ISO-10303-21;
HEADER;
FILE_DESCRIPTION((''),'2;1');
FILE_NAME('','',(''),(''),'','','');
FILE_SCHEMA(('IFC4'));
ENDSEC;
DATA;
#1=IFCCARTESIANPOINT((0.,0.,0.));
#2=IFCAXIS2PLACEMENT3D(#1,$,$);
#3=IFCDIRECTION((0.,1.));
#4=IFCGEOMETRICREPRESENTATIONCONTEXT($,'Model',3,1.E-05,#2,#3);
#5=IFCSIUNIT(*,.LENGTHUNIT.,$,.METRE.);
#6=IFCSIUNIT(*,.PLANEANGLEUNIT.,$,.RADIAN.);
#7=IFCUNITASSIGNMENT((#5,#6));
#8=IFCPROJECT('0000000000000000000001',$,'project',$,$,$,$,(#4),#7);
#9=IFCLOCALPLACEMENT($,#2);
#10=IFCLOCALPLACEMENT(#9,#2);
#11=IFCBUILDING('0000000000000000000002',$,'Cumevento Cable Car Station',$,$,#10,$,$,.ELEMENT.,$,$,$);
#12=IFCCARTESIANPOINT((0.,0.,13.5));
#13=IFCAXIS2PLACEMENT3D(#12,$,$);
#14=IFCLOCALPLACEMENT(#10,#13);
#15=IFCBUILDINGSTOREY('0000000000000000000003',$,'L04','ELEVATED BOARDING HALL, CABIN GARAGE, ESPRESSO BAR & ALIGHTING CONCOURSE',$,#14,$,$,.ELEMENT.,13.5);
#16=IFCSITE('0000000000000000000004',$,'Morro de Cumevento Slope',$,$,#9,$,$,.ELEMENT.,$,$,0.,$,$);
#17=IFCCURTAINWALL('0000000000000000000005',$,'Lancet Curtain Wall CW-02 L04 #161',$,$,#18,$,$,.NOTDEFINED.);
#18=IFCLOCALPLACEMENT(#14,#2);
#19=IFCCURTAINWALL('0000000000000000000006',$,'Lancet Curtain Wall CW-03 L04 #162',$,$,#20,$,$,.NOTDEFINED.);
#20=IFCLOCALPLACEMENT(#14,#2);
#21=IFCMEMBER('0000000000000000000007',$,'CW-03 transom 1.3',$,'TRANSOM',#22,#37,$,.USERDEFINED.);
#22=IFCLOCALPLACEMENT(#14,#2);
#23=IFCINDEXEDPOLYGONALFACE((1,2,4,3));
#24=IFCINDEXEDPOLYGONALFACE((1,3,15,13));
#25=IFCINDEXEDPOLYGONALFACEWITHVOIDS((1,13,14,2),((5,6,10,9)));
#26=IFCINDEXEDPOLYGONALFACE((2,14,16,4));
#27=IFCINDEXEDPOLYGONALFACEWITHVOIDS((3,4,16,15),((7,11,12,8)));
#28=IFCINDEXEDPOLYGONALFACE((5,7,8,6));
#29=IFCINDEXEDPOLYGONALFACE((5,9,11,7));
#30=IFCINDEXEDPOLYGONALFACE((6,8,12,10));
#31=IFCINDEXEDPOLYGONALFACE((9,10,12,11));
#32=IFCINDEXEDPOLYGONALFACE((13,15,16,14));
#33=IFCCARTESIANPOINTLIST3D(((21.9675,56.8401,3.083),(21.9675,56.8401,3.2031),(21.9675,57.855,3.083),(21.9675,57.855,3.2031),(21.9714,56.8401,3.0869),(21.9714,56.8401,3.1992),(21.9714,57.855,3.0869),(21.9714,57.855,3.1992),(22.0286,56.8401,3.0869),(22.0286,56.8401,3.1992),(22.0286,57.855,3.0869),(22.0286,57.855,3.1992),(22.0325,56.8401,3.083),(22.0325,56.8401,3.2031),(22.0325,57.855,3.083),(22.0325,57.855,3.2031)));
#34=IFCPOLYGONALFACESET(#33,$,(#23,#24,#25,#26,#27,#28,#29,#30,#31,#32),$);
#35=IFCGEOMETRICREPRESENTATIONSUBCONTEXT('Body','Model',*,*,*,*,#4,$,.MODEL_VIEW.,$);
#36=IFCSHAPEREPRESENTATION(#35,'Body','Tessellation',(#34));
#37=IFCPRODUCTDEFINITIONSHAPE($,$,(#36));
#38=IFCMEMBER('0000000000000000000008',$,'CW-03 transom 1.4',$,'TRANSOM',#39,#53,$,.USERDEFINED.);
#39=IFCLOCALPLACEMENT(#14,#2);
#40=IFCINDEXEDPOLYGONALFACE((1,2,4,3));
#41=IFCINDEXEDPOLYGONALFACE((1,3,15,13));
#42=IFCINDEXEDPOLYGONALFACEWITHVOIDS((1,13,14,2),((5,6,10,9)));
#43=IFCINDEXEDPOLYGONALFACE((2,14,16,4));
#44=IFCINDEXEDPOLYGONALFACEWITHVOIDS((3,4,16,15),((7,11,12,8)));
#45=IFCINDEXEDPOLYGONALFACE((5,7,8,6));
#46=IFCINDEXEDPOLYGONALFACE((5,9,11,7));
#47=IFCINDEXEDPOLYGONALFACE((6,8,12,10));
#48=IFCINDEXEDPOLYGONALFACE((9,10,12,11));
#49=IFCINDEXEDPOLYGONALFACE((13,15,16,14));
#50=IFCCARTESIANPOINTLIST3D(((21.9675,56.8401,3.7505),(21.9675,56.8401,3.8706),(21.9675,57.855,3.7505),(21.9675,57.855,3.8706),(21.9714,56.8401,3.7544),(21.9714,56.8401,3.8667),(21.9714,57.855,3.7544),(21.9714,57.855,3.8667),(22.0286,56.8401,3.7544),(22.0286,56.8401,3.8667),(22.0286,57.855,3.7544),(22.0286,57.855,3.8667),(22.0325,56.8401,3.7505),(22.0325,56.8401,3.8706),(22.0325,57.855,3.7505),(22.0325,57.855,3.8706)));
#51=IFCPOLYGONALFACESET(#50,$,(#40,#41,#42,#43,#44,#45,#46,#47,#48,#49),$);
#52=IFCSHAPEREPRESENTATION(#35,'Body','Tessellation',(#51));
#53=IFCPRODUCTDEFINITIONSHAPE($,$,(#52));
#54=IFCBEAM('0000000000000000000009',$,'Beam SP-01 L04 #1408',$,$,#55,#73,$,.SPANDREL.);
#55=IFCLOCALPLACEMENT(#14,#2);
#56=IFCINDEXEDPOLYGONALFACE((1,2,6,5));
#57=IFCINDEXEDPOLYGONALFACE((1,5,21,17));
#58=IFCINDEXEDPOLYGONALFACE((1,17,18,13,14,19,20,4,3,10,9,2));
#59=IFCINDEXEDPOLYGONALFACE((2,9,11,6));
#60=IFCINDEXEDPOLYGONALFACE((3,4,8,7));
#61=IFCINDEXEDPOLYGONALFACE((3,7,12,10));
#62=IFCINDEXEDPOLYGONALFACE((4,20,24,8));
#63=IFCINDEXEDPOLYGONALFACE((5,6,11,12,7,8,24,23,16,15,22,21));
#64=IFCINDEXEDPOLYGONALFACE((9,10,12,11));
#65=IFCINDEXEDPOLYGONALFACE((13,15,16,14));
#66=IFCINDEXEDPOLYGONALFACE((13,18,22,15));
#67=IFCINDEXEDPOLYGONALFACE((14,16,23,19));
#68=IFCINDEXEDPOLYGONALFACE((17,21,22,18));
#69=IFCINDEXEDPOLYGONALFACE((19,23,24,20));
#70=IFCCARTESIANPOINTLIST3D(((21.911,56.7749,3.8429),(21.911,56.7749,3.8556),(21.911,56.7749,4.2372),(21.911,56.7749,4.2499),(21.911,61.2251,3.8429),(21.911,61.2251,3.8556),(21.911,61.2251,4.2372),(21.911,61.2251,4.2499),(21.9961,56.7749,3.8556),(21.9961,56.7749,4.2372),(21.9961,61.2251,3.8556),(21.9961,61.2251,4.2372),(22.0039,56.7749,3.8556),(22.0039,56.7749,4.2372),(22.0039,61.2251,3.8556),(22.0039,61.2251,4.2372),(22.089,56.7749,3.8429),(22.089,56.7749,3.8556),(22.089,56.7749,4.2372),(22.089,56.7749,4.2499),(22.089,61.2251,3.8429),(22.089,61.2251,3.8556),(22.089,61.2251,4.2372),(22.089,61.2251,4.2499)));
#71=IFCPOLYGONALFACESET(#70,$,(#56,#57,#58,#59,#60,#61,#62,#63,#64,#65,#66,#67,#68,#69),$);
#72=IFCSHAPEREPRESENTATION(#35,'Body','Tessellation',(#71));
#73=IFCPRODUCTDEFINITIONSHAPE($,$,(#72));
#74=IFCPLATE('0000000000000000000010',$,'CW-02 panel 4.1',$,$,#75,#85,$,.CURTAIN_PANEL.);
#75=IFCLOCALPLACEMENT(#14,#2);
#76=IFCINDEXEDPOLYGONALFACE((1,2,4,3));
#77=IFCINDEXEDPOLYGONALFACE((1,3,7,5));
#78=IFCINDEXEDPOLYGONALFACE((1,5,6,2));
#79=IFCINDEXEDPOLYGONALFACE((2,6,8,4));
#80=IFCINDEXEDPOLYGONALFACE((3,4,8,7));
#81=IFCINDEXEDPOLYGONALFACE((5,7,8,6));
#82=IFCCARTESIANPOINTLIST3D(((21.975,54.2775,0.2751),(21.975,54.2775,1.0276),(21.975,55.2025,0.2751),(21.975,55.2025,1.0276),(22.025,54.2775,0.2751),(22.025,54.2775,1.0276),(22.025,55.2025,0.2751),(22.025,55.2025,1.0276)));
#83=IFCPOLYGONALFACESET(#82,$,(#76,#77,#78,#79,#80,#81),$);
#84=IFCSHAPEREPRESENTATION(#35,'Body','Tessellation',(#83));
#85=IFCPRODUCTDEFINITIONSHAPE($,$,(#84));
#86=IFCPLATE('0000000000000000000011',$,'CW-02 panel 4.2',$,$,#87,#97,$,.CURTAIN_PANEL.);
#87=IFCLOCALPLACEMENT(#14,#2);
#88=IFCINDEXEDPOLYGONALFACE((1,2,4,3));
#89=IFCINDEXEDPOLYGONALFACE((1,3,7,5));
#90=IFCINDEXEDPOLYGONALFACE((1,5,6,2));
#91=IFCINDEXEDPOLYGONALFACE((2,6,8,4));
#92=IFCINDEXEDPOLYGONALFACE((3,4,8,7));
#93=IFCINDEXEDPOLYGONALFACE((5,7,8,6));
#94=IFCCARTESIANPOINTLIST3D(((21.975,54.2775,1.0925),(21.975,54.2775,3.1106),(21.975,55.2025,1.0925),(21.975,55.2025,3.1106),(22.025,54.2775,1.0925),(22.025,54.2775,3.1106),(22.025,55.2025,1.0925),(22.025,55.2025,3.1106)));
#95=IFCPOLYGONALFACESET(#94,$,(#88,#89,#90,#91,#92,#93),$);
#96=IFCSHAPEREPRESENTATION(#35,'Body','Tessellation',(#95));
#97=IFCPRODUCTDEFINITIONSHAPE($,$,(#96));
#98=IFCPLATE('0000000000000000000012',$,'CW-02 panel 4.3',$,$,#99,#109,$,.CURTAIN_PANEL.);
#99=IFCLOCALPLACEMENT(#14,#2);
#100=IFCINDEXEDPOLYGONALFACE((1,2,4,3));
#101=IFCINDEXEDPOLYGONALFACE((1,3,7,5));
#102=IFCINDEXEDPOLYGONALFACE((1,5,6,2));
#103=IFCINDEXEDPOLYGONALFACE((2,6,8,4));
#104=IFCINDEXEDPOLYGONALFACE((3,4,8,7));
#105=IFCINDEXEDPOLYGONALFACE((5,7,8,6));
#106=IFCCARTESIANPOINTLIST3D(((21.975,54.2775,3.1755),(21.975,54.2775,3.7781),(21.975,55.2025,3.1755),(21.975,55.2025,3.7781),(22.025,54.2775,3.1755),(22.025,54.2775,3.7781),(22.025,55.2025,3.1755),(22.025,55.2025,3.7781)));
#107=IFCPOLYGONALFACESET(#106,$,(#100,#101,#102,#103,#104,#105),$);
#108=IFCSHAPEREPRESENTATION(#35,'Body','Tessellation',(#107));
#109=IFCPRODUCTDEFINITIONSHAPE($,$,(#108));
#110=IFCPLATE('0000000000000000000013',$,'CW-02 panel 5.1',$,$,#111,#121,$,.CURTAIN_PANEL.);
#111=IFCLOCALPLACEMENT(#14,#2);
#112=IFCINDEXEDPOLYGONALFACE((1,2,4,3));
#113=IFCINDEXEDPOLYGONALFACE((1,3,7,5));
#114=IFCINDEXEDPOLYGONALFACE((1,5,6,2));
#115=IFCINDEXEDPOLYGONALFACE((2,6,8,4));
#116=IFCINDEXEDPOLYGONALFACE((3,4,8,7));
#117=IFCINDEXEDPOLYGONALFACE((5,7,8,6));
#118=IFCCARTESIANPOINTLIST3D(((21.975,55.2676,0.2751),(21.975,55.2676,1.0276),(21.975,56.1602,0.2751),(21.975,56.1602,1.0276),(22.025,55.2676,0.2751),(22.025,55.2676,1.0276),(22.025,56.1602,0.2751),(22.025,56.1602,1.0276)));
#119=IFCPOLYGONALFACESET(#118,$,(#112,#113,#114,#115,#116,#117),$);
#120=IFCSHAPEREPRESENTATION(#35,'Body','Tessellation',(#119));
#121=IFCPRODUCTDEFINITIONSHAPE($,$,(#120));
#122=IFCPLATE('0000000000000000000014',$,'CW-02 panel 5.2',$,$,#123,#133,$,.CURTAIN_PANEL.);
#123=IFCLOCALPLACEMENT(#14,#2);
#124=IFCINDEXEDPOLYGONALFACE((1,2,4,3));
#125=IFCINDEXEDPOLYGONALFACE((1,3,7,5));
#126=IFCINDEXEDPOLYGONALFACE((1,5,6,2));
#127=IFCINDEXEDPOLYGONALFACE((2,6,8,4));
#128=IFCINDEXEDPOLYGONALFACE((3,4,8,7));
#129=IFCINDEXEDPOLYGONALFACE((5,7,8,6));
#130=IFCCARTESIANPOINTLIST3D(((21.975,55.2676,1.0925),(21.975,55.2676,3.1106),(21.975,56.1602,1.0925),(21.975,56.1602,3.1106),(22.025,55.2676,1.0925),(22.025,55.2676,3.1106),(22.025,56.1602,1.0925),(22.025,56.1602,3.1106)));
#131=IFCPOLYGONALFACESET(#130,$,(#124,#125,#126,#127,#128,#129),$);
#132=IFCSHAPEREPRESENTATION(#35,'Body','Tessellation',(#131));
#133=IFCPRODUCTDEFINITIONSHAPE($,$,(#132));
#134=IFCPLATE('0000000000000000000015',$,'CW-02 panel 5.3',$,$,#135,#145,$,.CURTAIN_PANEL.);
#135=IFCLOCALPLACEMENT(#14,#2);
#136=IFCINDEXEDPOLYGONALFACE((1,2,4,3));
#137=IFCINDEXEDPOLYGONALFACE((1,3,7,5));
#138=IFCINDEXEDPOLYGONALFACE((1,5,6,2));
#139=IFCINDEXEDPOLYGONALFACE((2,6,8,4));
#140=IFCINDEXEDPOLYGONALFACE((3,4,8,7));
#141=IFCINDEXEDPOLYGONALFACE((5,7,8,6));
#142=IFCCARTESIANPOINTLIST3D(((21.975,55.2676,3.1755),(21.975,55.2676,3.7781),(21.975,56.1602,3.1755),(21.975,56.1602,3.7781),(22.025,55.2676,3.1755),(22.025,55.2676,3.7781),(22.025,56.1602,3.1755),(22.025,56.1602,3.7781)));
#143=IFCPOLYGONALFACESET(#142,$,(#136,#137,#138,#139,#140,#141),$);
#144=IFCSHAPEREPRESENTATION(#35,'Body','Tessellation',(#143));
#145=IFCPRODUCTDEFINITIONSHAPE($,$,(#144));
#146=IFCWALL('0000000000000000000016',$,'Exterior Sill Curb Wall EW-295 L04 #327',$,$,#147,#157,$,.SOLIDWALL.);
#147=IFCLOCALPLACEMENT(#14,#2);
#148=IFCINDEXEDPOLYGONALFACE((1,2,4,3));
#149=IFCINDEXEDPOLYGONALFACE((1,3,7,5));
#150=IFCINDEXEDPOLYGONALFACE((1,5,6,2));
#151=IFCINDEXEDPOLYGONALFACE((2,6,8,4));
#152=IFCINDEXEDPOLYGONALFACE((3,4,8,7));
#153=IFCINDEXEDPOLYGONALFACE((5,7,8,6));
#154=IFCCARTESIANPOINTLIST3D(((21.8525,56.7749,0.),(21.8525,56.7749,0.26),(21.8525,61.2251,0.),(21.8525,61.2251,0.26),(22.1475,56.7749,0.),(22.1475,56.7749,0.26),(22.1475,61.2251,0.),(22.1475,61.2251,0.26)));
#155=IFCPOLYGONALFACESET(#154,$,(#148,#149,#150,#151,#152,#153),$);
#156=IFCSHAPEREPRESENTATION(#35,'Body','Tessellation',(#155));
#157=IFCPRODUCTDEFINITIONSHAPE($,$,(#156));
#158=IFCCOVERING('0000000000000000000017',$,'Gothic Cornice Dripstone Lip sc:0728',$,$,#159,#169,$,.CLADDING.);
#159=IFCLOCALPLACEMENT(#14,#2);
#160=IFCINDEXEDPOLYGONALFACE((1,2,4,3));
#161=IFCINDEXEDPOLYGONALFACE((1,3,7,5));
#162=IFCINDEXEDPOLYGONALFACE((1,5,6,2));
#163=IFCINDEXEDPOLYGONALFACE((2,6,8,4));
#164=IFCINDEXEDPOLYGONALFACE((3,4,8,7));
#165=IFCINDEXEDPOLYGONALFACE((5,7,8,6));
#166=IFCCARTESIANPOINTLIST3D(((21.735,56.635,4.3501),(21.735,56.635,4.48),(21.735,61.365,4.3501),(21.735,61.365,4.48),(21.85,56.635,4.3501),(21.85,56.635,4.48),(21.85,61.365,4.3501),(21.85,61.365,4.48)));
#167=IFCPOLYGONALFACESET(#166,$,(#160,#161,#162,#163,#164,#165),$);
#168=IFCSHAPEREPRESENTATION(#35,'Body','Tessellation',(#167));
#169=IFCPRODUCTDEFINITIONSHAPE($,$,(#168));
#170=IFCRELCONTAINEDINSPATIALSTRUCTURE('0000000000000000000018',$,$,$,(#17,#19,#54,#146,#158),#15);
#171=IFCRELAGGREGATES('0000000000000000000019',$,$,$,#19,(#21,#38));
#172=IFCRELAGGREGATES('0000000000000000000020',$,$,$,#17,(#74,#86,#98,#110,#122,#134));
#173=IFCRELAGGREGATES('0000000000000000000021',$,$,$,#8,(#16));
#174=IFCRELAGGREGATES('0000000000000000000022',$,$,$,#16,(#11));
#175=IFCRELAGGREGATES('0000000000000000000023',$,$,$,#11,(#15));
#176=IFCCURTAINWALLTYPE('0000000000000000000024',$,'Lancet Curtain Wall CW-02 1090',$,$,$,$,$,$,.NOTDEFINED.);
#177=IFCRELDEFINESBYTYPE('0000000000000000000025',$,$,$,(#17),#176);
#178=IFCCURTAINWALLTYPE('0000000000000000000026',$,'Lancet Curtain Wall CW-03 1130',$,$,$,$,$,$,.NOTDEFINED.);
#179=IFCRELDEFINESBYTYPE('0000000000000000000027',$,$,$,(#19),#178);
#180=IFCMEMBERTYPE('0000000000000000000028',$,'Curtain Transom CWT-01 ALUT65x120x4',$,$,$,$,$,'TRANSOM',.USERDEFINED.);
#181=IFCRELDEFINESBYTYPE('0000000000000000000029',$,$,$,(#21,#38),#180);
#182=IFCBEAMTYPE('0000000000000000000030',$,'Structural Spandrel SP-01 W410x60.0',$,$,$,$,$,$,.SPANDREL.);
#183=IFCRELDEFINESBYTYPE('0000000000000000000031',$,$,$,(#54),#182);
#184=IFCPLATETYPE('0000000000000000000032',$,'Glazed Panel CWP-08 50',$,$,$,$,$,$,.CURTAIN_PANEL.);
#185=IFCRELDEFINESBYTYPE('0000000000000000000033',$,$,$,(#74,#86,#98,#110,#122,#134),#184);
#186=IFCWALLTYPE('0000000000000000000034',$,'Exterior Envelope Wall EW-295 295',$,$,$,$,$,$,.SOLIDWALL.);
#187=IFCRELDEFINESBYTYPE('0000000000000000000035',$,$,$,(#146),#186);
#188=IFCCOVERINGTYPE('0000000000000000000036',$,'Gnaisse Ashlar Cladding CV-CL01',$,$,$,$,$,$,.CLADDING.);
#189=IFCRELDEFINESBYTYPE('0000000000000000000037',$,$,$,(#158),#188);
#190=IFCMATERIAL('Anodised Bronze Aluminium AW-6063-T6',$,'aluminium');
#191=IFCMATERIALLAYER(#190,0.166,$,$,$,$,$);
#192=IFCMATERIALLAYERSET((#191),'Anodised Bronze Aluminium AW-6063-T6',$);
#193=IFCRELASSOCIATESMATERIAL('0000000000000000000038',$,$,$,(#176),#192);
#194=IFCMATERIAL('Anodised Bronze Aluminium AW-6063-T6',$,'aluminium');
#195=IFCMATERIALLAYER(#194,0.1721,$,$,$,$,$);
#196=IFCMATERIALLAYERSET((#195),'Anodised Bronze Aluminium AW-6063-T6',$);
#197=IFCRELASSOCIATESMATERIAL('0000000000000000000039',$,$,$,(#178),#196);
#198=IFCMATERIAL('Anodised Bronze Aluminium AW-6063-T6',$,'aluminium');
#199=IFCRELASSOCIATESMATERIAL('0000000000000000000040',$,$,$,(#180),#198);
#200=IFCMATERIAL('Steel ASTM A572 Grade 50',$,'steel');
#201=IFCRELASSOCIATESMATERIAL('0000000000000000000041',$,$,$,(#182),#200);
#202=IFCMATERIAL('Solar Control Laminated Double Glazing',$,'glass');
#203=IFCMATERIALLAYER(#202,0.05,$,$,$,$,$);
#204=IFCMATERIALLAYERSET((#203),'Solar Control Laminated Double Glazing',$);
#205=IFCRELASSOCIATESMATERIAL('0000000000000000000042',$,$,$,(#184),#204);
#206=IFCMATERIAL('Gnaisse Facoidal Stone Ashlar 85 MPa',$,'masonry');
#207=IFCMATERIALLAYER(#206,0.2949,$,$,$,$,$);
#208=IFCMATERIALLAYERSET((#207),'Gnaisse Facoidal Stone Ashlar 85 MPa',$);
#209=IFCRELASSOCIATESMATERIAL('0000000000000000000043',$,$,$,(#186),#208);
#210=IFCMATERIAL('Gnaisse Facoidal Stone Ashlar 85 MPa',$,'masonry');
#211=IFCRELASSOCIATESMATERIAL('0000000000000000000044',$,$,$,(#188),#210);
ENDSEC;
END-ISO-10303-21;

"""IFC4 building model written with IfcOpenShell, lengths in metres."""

from ifc_helpers import new_model, si_unit, direction, frame, frame_2d, origin, origin_2d, place, context, subcontext, project, spatial, rectangle, hollow_rectangle, i_section, extrude, material, layer, layer_set, material_profile, profile_set, type_object, element, aggregate, save


model = new_model("IFC4")

# Units and contexts
model_context = context("Model", 3, precision=1e-05, world=origin(), true_north=direction((0.0, 1.0)))
body_context = subcontext(model_context, "Body", "Model", "MODEL_VIEW")
ifc_project = project(units=[si_unit("LENGTHUNIT", "METRE"), si_unit("PLANEANGLEUNIT", "RADIAN")], contexts=[model_context])

# Site, building, storey
site_placement = place(None, origin())
site = spatial("IfcSite", under=ifc_project, at=site_placement, Name="Morro de Cumevento Slope", CompositionType="ELEMENT", RefElevation=0.0)
building_placement = place(site_placement, origin())
building = spatial("IfcBuilding", under=site, at=building_placement, Name="Cumevento Cable Car Station", CompositionType="ELEMENT")
storey_placement = place(building_placement, frame((0.0, 0.0, 13.5)))
storey = spatial("IfcBuildingStorey", under=building, at=storey_placement, Name="L04", Description="ELEVATED BOARDING HALL, CABIN GARAGE, ESPRESSO BAR & ALIGHTING CONCOURSE", CompositionType="ELEMENT", Elevation=13.5)

# Curtain wall
ifc_material_1 = material(Name="Anodised Bronze Aluminium AW-6063-T6", Category="aluminium")
ifc_layer_1 = layer(ifc_material_1, 0.166)
ifc_layer_set_1 = layer_set([ifc_layer_1], Name="Anodised Bronze Aluminium AW-6063-T6")
curtain_wall_type_1 = type_object("IfcCurtainWallType", Name="Lancet Curtain Wall CW-02 1090", PredefinedType="NOTDEFINED", material=ifc_layer_set_1)
curtain_wall_1_placement = place(storey_placement, origin())
curtain_wall_1 = element("IfcCurtainWall", 1, at=curtain_wall_1_placement, inside=storey, type_object=curtain_wall_type_1, Name="Lancet Curtain Wall CW-02 L04 #161", PredefinedType="NOTDEFINED")

# Curtain wall
ifc_material_2 = material(Name="Anodised Bronze Aluminium AW-6063-T6", Category="aluminium")
ifc_layer_2 = layer(ifc_material_2, 0.1721)
ifc_layer_set_2 = layer_set([ifc_layer_2], Name="Anodised Bronze Aluminium AW-6063-T6")
curtain_wall_type_2 = type_object("IfcCurtainWallType", Name="Lancet Curtain Wall CW-03 1130", PredefinedType="NOTDEFINED", material=ifc_layer_set_2)
curtain_wall_2_placement = place(storey_placement, origin())
curtain_wall_2 = element("IfcCurtainWall", 2, at=curtain_wall_2_placement, inside=storey, type_object=curtain_wall_type_2, Name="Lancet Curtain Wall CW-03 L04 #162", PredefinedType="NOTDEFINED")

# Members
ifc_material_3 = material(Name="Anodised Bronze Aluminium AW-6063-T6", Category="aluminium")
ifc_material_profile_1 = material_profile(ifc_material_3, hollow_rectangle(XDim=0.0649, YDim=0.1201, WallThickness=0.0039, at=origin_2d()), Name="ALUT65x120x4")
ifc_profile_set_1 = profile_set([ifc_material_profile_1], Name="Anodised Bronze Aluminium AW-6063-T6")
member_type_1 = type_object("IfcMemberType", Name="Curtain Transom CWT-01 ALUT65x120x4", ElementType="TRANSOM", PredefinedType="USERDEFINED", material=ifc_profile_set_1)
member_1_placement = place(storey_placement, frame((22.0, 56.8401, 3.1431), z_axis=(0.0, 1.0, 0.0), x_axis=(-1.0, 0.0, 0.0)))
member_1 = element("IfcMember", 3, at=member_1_placement, type_object=member_type_1, Name="CW-03 transom 1.3", ObjectType="TRANSOM", PredefinedType="USERDEFINED", context=body_context, shape_type="SweptSolid", body=[
    extrude(hollow_rectangle(XDim=0.0649, YDim=0.1201, WallThickness=0.0039, at=origin_2d()), origin(), (0.0, 0.0, 1.0), 1.0149),
])
member_2_placement = place(storey_placement, frame((22.0, 56.8401, 3.8105), z_axis=(0.0, 1.0, 0.0), x_axis=(-1.0, 0.0, 0.0)))
member_2 = element("IfcMember", 4, at=member_2_placement, type_object=member_type_1, Name="CW-03 transom 1.4", ObjectType="TRANSOM", PredefinedType="USERDEFINED", context=body_context, shape_type="SweptSolid", body=[
    extrude(hollow_rectangle(XDim=0.0649, YDim=0.1201, WallThickness=0.0039, at=origin_2d()), origin(), (0.0, 0.0, 1.0), 1.0149),
])
aggregate(curtain_wall_2, [member_1, member_2])

# Beam
ifc_material_4 = material(Name="Steel ASTM A572 Grade 50", Category="steel")
ifc_material_profile_2 = material_profile(ifc_material_4, i_section(OverallWidth=0.178, OverallDepth=0.407, WebThickness=0.0078, FlangeThickness=0.0127, at=origin_2d()), Name="W410x60.0")
ifc_profile_set_2 = profile_set([ifc_material_profile_2], Name="Steel ASTM A572 Grade 50")
beam_type = type_object("IfcBeamType", Name="Structural Spandrel SP-01 W410x60.0", PredefinedType="SPANDREL", material=ifc_profile_set_2)
beam_placement = place(storey_placement, frame((22.0, 56.7749, 4.0464), z_axis=(0.0, 1.0, 0.0), x_axis=(-1.0, 0.0, 0.0)))
element("IfcBeam", 5, at=beam_placement, inside=storey, type_object=beam_type, Name="Beam SP-01 L04 #1408", PredefinedType="SPANDREL", context=body_context, shape_type="SweptSolid", body=[
    extrude(i_section(OverallWidth=0.178, OverallDepth=0.407, WebThickness=0.0078, FlangeThickness=0.0127, at=origin_2d()), origin(), (0.0, 0.0, 1.0), 4.4502),
])

# Plates
ifc_material_5 = material(Name="Solar Control Laminated Double Glazing", Category="glass")
ifc_layer_3 = layer(ifc_material_5, 0.05)
ifc_layer_set_3 = layer_set([ifc_layer_3], Name="Solar Control Laminated Double Glazing")
plate_type = type_object("IfcPlateType", Name="Glazed Panel CWP-08 50", PredefinedType="CURTAIN_PANEL", material=ifc_layer_set_3)
plate_1_placement = place(storey_placement, frame((22.0, 54.74, 0.2751), z_axis=(0.0, 0.0, 1.0), x_axis=(0.0, 1.0, 0.0)))
plate_1 = element("IfcPlate", 6, at=plate_1_placement, type_object=plate_type, Name="CW-02 panel 4.1", PredefinedType="CURTAIN_PANEL", context=body_context, shape_type="SweptSolid", body=[
    extrude(rectangle(XDim=0.925, YDim=0.05, at=origin_2d()), origin(), (0.0, 0.0, 1.0), 0.7524),
])
plate_2_placement = place(storey_placement, frame((22.0, 54.74, 1.0925), z_axis=(0.0, 0.0, 1.0), x_axis=(0.0, 1.0, 0.0)))
plate_2 = element("IfcPlate", 7, at=plate_2_placement, type_object=plate_type, Name="CW-02 panel 4.2", PredefinedType="CURTAIN_PANEL", context=body_context, shape_type="SweptSolid", body=[
    extrude(rectangle(XDim=0.925, YDim=0.05, at=origin_2d()), origin(), (0.0, 0.0, 1.0), 2.0181),
])
plate_3_placement = place(storey_placement, frame((22.0, 54.74, 3.1755), z_axis=(0.0, 0.0, 1.0), x_axis=(0.0, 1.0, 0.0)))
plate_3 = element("IfcPlate", 8, at=plate_3_placement, type_object=plate_type, Name="CW-02 panel 4.3", PredefinedType="CURTAIN_PANEL", context=body_context, shape_type="SweptSolid", body=[
    extrude(rectangle(XDim=0.925, YDim=0.05, at=origin_2d()), origin(), (0.0, 0.0, 1.0), 0.6025),
])
plate_4_placement = place(storey_placement, frame((22.0, 55.7139, 0.2751), z_axis=(0.0, 0.0, 1.0), x_axis=(0.0, 1.0, 0.0)))
plate_4 = element("IfcPlate", 9, at=plate_4_placement, type_object=plate_type, Name="CW-02 panel 5.1", PredefinedType="CURTAIN_PANEL", context=body_context, shape_type="SweptSolid", body=[
    extrude(rectangle(XDim=0.8926, YDim=0.05, at=origin_2d()), origin(), (0.0, 0.0, 1.0), 0.7524),
])
plate_5_placement = place(storey_placement, frame((22.0, 55.7139, 1.0925), z_axis=(0.0, 0.0, 1.0), x_axis=(0.0, 1.0, 0.0)))
plate_5 = element("IfcPlate", 10, at=plate_5_placement, type_object=plate_type, Name="CW-02 panel 5.2", PredefinedType="CURTAIN_PANEL", context=body_context, shape_type="SweptSolid", body=[
    extrude(rectangle(XDim=0.8926, YDim=0.05, at=origin_2d()), origin(), (0.0, 0.0, 1.0), 2.0181),
])
plate_6_placement = place(storey_placement, frame((22.0, 55.7139, 3.1755), z_axis=(0.0, 0.0, 1.0), x_axis=(0.0, 1.0, 0.0)))
plate_6 = element("IfcPlate", 11, at=plate_6_placement, type_object=plate_type, Name="CW-02 panel 5.3", PredefinedType="CURTAIN_PANEL", context=body_context, shape_type="SweptSolid", body=[
    extrude(rectangle(XDim=0.8926, YDim=0.05, at=origin_2d()), origin(), (0.0, 0.0, 1.0), 0.6025),
])
aggregate(curtain_wall_1, [plate_1, plate_2, plate_3, plate_4, plate_5, plate_6])

# Wall
ifc_material_6 = material(Name="Gnaisse Facoidal Stone Ashlar 85 MPa", Category="masonry")
ifc_layer_4 = layer(ifc_material_6, 0.2949)
ifc_layer_set_4 = layer_set([ifc_layer_4], Name="Gnaisse Facoidal Stone Ashlar 85 MPa")
wall_type = type_object("IfcWallType", Name="Exterior Envelope Wall EW-295 295", PredefinedType="SOLIDWALL", material=ifc_layer_set_4)
wall_placement = place(storey_placement, frame((22.0, 56.7749, 0.0), z_axis=(0.0, 0.0, 1.0), x_axis=(0.0, 1.0, 0.0)))
element("IfcWall", 12, at=wall_placement, inside=storey, type_object=wall_type, Name="Exterior Sill Curb Wall EW-295 L04 #327", PredefinedType="SOLIDWALL", context=body_context, shape_type="SweptSolid", body=[
    extrude(rectangle(XDim=4.4502, YDim=0.2949, at=frame_2d((2.2251, 0.0))), origin(), (0.0, 0.0, 1.0), 0.26),
])

# Covering
ifc_material_7 = material(Name="Gnaisse Facoidal Stone Ashlar 85 MPa", Category="masonry")
covering_type = type_object("IfcCoveringType", Name="Gnaisse Ashlar Cladding CV-CL01", PredefinedType="CLADDING", material=ifc_material_7)
covering_1_placement = place(storey_placement, frame((21.7925, 59.0, 4.3501), z_axis=(0.0, 0.0, 1.0), x_axis=(0.0, 1.0, 0.0)))
element("IfcCovering", 13, at=covering_1_placement, inside=storey, type_object=covering_type, Name="Gothic Cornice Dripstone Lip sc:0728", PredefinedType="CLADDING", context=body_context, shape_type="SweptSolid", body=[
    extrude(rectangle(XDim=4.73, YDim=0.115, at=origin_2d()), origin(), (0.0, 0.0, 1.0), 0.1299),
])

save(model, "model.ifc")
